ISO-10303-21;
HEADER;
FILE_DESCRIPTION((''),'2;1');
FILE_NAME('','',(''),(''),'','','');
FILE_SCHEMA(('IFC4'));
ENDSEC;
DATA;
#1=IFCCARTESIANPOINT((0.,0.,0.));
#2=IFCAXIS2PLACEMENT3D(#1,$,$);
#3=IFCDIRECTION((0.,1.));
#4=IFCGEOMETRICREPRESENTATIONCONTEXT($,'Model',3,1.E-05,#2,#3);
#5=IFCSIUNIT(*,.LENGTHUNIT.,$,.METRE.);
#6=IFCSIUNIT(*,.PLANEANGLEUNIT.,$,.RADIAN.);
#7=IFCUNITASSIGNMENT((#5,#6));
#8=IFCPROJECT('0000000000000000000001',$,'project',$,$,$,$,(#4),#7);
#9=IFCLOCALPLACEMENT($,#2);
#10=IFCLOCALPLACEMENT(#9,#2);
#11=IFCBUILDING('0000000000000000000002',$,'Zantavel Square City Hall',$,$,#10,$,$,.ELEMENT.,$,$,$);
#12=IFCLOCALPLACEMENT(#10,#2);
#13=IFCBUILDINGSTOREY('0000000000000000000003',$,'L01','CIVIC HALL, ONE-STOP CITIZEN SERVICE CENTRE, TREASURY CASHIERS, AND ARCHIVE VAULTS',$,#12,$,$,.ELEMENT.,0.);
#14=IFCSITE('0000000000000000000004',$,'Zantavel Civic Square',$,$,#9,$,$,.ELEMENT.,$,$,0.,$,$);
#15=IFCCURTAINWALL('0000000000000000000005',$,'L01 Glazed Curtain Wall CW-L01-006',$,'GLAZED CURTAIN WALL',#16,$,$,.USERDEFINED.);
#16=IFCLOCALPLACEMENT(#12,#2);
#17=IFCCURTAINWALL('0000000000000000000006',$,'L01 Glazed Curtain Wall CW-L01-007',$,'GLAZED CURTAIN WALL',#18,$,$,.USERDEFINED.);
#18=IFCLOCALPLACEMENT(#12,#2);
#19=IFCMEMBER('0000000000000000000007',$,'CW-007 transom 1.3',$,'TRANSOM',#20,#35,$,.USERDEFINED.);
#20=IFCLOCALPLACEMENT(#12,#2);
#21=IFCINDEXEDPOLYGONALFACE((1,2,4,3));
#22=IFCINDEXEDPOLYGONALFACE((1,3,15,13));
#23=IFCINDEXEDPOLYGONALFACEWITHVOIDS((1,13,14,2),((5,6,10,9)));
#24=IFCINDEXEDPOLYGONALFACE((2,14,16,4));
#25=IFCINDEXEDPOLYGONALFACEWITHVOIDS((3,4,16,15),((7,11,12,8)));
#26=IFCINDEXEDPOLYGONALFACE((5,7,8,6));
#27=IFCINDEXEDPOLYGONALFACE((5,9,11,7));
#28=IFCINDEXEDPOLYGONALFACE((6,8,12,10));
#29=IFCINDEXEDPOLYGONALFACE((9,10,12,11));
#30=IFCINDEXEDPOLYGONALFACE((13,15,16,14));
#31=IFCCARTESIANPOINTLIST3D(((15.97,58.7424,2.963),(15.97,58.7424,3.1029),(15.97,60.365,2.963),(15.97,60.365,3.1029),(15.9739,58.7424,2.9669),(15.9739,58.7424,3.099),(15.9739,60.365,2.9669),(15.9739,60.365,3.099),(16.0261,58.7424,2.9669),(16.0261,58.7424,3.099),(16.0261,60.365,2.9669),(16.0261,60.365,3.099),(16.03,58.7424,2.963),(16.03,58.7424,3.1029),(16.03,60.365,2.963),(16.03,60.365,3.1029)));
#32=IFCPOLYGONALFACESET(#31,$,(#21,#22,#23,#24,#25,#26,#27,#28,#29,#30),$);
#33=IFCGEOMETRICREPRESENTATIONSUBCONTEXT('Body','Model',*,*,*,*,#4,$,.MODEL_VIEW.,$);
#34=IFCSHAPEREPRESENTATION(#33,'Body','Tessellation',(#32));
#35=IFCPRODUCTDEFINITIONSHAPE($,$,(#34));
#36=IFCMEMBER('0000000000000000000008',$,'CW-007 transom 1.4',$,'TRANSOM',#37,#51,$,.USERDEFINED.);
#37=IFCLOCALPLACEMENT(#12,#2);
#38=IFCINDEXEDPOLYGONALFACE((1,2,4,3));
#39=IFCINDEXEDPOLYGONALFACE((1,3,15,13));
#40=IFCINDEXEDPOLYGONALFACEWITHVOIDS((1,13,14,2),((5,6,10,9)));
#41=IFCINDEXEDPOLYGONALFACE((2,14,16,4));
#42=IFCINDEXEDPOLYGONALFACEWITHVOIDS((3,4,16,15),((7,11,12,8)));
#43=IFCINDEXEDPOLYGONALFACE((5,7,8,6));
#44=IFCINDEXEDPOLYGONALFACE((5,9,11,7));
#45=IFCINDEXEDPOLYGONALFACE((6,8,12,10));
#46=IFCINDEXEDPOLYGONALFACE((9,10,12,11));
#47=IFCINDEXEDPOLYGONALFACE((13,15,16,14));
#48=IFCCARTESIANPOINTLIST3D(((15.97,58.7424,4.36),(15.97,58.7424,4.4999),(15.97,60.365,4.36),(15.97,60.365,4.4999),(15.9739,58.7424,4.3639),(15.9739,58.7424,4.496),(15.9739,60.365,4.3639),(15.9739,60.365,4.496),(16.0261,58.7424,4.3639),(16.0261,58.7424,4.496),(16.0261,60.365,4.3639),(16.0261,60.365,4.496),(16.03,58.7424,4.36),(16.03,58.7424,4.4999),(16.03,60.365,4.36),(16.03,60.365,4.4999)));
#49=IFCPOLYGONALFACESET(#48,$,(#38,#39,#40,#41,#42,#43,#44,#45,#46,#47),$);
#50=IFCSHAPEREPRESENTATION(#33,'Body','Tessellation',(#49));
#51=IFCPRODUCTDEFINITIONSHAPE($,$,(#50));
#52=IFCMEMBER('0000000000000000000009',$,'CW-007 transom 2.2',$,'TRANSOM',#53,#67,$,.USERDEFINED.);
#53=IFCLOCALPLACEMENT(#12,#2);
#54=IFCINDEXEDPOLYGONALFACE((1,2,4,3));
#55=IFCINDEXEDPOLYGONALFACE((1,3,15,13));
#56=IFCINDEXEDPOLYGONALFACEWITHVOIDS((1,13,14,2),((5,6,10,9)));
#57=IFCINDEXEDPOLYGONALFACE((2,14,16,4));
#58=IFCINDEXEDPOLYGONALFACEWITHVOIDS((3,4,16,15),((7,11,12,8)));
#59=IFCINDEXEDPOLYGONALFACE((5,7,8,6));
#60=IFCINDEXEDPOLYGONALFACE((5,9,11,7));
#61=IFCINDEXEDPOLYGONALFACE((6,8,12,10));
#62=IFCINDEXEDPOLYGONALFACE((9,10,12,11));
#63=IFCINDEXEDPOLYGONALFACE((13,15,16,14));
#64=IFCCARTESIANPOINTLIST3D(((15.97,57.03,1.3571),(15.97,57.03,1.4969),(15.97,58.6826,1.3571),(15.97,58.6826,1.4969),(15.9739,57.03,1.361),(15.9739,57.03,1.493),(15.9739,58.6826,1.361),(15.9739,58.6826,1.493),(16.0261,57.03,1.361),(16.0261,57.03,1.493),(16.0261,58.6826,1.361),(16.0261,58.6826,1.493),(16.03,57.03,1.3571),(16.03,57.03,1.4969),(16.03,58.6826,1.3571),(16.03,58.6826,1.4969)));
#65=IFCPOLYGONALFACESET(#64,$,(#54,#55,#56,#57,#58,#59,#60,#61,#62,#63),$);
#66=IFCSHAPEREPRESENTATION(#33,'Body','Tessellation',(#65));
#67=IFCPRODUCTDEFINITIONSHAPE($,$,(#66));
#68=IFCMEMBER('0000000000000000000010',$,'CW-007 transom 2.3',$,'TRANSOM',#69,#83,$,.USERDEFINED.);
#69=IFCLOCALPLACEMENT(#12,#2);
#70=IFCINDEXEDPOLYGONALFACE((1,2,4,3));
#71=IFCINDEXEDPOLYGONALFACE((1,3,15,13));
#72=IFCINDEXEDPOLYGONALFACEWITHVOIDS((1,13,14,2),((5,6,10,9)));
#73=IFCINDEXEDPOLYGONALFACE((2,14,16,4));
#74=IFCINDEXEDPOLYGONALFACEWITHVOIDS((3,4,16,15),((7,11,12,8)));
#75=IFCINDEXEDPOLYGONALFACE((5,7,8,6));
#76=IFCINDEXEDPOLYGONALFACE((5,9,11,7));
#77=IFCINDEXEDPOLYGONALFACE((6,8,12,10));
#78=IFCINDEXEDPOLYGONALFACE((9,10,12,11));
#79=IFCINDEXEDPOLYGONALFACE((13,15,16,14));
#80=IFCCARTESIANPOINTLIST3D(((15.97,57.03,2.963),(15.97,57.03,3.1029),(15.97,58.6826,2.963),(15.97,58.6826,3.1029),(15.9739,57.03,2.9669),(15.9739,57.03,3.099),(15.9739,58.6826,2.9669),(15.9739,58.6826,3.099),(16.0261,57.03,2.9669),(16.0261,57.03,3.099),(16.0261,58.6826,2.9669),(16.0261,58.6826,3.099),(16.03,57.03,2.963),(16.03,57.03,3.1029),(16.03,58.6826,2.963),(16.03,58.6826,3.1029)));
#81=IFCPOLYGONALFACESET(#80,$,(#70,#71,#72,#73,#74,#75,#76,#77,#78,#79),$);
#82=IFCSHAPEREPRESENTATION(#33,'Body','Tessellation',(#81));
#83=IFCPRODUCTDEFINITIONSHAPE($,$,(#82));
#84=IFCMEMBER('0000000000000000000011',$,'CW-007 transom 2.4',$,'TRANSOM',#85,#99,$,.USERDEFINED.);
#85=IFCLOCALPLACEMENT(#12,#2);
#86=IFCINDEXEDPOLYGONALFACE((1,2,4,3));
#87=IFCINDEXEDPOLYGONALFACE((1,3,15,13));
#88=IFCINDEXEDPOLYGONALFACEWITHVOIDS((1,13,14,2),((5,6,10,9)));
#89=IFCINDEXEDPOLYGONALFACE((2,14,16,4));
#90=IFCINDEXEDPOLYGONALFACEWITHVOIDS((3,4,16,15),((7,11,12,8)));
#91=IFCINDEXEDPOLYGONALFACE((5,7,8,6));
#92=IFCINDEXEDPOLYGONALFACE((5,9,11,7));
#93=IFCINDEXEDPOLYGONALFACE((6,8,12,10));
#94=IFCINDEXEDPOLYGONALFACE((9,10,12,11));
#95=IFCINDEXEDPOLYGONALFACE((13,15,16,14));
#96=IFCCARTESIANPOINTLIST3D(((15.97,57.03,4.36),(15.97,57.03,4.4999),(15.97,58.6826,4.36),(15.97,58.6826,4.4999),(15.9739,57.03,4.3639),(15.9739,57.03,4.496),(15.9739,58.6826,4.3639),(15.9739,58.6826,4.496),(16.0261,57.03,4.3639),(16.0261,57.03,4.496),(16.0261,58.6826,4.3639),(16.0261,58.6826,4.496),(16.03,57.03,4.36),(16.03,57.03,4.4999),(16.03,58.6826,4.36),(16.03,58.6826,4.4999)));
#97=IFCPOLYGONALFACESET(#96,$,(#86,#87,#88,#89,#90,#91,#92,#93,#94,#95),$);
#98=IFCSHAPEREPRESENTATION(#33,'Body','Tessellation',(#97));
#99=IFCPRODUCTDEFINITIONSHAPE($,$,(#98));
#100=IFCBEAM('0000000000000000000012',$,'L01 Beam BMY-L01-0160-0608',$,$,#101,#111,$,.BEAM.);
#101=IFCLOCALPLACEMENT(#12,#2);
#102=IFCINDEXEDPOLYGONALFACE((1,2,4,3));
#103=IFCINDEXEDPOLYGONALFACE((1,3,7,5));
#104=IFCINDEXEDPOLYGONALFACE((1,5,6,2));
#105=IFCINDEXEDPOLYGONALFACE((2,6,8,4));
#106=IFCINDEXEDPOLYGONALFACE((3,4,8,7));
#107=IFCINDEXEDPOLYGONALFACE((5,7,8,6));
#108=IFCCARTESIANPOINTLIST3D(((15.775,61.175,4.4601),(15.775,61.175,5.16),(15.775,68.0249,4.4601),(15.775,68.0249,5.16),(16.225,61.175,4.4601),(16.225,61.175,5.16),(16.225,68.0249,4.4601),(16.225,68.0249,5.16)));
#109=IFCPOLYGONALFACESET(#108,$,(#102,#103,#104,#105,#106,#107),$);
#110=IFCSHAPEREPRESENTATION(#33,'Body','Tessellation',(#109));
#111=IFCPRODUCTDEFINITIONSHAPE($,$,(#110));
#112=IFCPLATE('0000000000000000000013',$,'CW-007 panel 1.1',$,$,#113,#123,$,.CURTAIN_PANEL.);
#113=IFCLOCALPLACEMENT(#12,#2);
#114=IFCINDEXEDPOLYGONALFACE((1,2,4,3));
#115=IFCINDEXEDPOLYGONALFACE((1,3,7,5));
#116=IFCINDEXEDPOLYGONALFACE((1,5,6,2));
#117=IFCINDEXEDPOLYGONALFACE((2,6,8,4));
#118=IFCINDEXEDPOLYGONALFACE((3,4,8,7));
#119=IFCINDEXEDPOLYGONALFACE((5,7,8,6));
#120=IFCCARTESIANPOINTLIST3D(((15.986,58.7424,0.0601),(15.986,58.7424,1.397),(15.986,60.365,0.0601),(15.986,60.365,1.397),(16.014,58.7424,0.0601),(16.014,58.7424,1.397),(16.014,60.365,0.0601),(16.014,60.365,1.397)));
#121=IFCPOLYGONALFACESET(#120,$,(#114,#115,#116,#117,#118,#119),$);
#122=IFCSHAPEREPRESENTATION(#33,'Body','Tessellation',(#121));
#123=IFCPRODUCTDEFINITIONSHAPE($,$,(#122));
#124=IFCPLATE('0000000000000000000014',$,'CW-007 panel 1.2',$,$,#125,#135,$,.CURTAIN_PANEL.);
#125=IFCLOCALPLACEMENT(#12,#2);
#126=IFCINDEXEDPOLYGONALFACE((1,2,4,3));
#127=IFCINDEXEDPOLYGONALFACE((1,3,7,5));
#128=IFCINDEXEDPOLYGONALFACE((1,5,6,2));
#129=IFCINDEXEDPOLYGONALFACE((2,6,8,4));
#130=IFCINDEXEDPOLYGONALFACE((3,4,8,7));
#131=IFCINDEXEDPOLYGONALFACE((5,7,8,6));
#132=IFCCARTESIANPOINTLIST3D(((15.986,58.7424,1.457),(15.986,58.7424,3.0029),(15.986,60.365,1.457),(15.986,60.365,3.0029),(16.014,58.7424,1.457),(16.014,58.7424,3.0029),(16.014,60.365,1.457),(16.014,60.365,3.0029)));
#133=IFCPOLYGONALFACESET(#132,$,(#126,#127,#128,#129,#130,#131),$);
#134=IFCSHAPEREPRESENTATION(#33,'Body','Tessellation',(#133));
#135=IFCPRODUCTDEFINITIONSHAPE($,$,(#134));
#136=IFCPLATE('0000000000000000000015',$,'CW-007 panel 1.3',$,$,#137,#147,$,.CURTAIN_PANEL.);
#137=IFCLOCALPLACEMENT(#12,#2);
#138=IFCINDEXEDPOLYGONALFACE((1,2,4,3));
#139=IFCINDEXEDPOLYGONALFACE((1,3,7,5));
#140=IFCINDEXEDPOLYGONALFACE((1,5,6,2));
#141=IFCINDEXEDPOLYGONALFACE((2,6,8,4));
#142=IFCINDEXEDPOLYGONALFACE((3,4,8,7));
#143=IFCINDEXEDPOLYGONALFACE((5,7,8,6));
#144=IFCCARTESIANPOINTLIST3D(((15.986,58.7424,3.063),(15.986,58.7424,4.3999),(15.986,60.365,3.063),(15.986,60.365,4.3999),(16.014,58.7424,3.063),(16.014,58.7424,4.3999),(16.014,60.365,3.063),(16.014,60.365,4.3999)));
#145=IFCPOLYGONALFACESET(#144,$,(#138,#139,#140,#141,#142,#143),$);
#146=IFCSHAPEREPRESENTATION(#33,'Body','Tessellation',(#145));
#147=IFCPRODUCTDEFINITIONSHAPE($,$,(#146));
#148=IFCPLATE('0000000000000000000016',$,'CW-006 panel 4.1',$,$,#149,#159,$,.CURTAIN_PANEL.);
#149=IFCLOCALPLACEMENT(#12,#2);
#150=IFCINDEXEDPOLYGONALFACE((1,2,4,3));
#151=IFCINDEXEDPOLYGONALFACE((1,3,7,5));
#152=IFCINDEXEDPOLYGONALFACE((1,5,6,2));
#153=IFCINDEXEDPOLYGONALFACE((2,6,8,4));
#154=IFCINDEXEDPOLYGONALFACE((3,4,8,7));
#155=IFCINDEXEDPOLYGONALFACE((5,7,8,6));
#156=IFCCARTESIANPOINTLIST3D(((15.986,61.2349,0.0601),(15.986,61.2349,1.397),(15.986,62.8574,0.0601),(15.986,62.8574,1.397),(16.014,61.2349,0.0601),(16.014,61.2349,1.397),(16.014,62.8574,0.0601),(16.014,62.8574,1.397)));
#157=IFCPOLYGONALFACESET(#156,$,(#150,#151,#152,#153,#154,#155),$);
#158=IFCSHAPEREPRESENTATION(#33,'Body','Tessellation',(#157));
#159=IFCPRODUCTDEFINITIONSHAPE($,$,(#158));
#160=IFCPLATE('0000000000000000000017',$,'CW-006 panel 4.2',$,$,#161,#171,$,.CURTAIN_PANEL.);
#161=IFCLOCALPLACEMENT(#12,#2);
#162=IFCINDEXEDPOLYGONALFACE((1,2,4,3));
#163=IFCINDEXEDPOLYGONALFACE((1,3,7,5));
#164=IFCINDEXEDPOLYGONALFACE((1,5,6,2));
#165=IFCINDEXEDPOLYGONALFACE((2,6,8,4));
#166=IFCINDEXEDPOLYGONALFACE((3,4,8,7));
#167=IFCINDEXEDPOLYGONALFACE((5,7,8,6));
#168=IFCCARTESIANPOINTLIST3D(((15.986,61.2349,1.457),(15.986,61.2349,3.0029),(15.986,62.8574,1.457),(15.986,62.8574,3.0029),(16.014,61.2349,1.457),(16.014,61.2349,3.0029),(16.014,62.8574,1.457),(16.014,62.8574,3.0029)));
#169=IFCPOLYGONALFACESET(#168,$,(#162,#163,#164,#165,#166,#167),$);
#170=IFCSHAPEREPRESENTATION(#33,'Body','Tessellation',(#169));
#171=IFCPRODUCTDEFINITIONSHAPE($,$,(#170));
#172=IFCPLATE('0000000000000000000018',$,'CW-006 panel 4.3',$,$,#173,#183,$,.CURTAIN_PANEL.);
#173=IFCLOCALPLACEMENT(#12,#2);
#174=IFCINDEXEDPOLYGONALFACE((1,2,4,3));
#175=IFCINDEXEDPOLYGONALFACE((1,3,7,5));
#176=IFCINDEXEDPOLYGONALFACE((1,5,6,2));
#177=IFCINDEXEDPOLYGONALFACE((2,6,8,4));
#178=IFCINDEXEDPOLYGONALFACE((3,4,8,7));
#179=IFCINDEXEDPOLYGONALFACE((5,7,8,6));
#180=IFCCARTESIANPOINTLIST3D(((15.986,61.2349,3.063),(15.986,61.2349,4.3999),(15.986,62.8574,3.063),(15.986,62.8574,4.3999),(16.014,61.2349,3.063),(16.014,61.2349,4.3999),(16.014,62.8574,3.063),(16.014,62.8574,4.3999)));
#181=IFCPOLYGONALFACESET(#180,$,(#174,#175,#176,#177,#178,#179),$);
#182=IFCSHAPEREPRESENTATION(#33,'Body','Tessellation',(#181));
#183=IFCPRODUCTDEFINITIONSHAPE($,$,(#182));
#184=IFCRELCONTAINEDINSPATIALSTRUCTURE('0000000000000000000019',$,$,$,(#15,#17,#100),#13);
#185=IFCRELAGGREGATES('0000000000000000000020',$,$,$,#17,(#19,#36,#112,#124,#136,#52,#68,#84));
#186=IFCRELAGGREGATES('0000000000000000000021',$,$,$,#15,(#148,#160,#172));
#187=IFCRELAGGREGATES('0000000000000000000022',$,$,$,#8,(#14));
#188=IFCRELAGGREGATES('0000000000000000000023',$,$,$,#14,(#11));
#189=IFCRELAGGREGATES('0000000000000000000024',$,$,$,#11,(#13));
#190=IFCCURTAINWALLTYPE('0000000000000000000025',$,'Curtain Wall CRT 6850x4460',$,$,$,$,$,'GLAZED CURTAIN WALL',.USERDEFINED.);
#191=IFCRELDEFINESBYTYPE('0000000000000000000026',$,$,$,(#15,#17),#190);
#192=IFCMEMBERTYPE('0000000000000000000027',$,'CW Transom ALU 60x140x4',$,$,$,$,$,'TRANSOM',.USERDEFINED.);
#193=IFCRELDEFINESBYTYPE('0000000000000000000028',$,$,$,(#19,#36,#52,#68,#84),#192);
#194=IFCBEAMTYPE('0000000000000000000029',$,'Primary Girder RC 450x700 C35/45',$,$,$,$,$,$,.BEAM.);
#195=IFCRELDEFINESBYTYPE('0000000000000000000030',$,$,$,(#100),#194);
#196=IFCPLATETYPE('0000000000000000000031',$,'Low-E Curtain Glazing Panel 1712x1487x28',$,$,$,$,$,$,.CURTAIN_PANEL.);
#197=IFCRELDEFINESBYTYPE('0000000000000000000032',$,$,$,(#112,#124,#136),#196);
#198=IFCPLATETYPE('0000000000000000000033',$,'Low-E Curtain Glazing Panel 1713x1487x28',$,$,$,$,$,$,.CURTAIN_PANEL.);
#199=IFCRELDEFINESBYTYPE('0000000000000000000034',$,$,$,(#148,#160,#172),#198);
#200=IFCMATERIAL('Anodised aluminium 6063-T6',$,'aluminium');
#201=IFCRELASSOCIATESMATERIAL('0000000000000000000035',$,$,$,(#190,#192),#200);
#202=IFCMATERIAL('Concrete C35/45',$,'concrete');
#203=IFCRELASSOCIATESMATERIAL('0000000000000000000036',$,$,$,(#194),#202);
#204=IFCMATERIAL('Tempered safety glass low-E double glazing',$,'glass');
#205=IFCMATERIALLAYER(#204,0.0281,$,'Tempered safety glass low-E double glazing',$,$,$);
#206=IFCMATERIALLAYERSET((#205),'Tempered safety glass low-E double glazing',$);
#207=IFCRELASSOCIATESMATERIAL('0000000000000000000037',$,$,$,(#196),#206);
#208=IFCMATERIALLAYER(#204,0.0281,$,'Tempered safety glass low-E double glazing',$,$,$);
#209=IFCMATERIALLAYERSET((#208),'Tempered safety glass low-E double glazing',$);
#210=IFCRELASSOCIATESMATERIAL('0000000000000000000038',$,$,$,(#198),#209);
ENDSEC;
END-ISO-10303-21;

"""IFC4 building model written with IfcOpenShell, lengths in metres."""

from ifc_helpers import new_model, si_unit, direction, frame, origin, origin_2d, place, context, subcontext, project, spatial, rectangle, hollow_rectangle, extrude, material, layer, layer_set, material_profile, profile_set, type_object, element, aggregate, save


model = new_model("IFC4")

# Units and contexts
model_context = context("Model", 3, precision=1e-05, world=origin(), true_north=direction((0.0, 1.0)))
body_context = subcontext(model_context, "Body", "Model", "MODEL_VIEW")
ifc_project = project(units=[si_unit("LENGTHUNIT", "METRE"), si_unit("PLANEANGLEUNIT", "RADIAN")], contexts=[model_context])

# Site, building, storey
site_placement = place(None, origin())
site = spatial("IfcSite", under=ifc_project, at=site_placement, Name="Zantavel Civic Square", CompositionType="ELEMENT", RefElevation=0.0)
building_placement = place(site_placement, origin())
building = spatial("IfcBuilding", under=site, at=building_placement, Name="Zantavel Square City Hall", CompositionType="ELEMENT")
storey_placement = place(building_placement, origin())
storey = spatial("IfcBuildingStorey", under=building, at=storey_placement, Name="L01", Description="CIVIC HALL, ONE-STOP CITIZEN SERVICE CENTRE, TREASURY CASHIERS, AND ARCHIVE VAULTS", CompositionType="ELEMENT", Elevation=0.0)

# Curtain wall
ifc_material_1 = material(Name="Anodised aluminium 6063-T6", Category="aluminium")
curtain_wall_type = type_object("IfcCurtainWallType", Name="Curtain Wall CRT 6850x4460", ElementType="GLAZED CURTAIN WALL", PredefinedType="USERDEFINED", material=ifc_material_1)
curtain_wall_1_placement = place(storey_placement, origin())
curtain_wall_1 = element("IfcCurtainWall", 1, at=curtain_wall_1_placement, inside=storey, type_object=curtain_wall_type, Name="L01 Glazed Curtain Wall CW-L01-006", ObjectType="GLAZED CURTAIN WALL", PredefinedType="USERDEFINED")

# Curtain wall
curtain_wall_2_placement = place(storey_placement, origin())
curtain_wall_2 = element("IfcCurtainWall", 2, at=curtain_wall_2_placement, inside=storey, type_object=curtain_wall_type, Name="L01 Glazed Curtain Wall CW-L01-007", ObjectType="GLAZED CURTAIN WALL", PredefinedType="USERDEFINED")

# Members
ifc_material_profile_1 = material_profile(ifc_material_1, hollow_rectangle(XDim=0.0601, YDim=0.1399, WallThickness=0.0039, at=origin_2d()), Name="ALU 60x140x4")
ifc_profile_set_1 = profile_set([ifc_material_profile_1], Name="Anodised aluminium 6063-T6")
member_type_1 = type_object("IfcMemberType", Name="CW Transom ALU 60x140x4", ElementType="TRANSOM", PredefinedType="USERDEFINED", material=ifc_profile_set_1)
member_1_placement = place(storey_placement, frame((16.0, 60.365, 3.033), z_axis=(0.0, -1.0, 0.0), x_axis=(1.0, 0.0, 0.0)))
member_1 = element("IfcMember", 3, at=member_1_placement, type_object=member_type_1, Name="CW-007 transom 1.3", ObjectType="TRANSOM", PredefinedType="USERDEFINED", context=body_context, shape_type="SweptSolid", body=[
    extrude(hollow_rectangle(XDim=0.0601, YDim=0.1399, WallThickness=0.0039, at=origin_2d()), origin(), (0.0, 0.0, 1.0), 1.6226),
])
member_2_placement = place(storey_placement, frame((16.0, 60.365, 4.4299), z_axis=(0.0, -1.0, 0.0), x_axis=(1.0, 0.0, 0.0)))
member_2 = element("IfcMember", 4, at=member_2_placement, type_object=member_type_1, Name="CW-007 transom 1.4", ObjectType="TRANSOM", PredefinedType="USERDEFINED", context=body_context, shape_type="SweptSolid", body=[
    extrude(hollow_rectangle(XDim=0.0601, YDim=0.1399, WallThickness=0.0039, at=origin_2d()), origin(), (0.0, 0.0, 1.0), 1.6226),
])
member_3_placement = place(storey_placement, frame((16.0, 58.6826, 1.427), z_axis=(0.0, -1.0, 0.0), x_axis=(1.0, 0.0, 0.0)))
member_3 = element("IfcMember", 5, at=member_3_placement, type_object=member_type_1, Name="CW-007 transom 2.2", ObjectType="TRANSOM", PredefinedType="USERDEFINED", context=body_context, shape_type="SweptSolid", body=[
    extrude(hollow_rectangle(XDim=0.0601, YDim=0.1399, WallThickness=0.0039, at=origin_2d()), origin(), (0.0, 0.0, 1.0), 1.6526),
])
member_4_placement = place(storey_placement, frame((16.0, 58.6826, 3.033), z_axis=(0.0, -1.0, 0.0), x_axis=(1.0, 0.0, 0.0)))
member_4 = element("IfcMember", 6, at=member_4_placement, type_object=member_type_1, Name="CW-007 transom 2.3", ObjectType="TRANSOM", PredefinedType="USERDEFINED", context=body_context, shape_type="SweptSolid", body=[
    extrude(hollow_rectangle(XDim=0.0601, YDim=0.1399, WallThickness=0.0039, at=origin_2d()), origin(), (0.0, 0.0, 1.0), 1.6526),
])
member_5_placement = place(storey_placement, frame((16.0, 58.6826, 4.4299), z_axis=(0.0, -1.0, 0.0), x_axis=(1.0, 0.0, 0.0)))
member_5 = element("IfcMember", 7, at=member_5_placement, type_object=member_type_1, Name="CW-007 transom 2.4", ObjectType="TRANSOM", PredefinedType="USERDEFINED", context=body_context, shape_type="SweptSolid", body=[
    extrude(hollow_rectangle(XDim=0.0601, YDim=0.1399, WallThickness=0.0039, at=origin_2d()), origin(), (0.0, 0.0, 1.0), 1.6526),
])

# Beam
ifc_material_2 = material(Name="Concrete C35/45", Category="concrete")
ifc_material_profile_2 = material_profile(ifc_material_2, rectangle(XDim=0.45, YDim=0.7, at=origin_2d()), Name="RC 450x700")
ifc_profile_set_2 = profile_set([ifc_material_profile_2], Name="Concrete C35/45")
beam_type = type_object("IfcBeamType", Name="Primary Girder RC 450x700 C35/45", PredefinedType="BEAM", material=ifc_profile_set_2)
beam_placement = place(storey_placement, frame((16.0, 61.175, 4.8101), z_axis=(0.0, 1.0, 0.0), x_axis=(-1.0, 0.0, 0.0)))
element("IfcBeam", 8, at=beam_placement, inside=storey, type_object=beam_type, Name="L01 Beam BMY-L01-0160-0608", PredefinedType="BEAM", context=body_context, shape_type="SweptSolid", body=[
    extrude(rectangle(XDim=0.45, YDim=0.7, at=origin_2d()), origin(), (0.0, 0.0, 1.0), 6.8499),
])

# Plates
ifc_material_3 = material(Name="Tempered safety glass low-E double glazing", Category="glass")
ifc_layer_1 = layer(ifc_material_3, 0.0281, Name="Tempered safety glass low-E double glazing")
ifc_layer_set_1 = layer_set([ifc_layer_1], Name="Tempered safety glass low-E double glazing")
plate_type_1 = type_object("IfcPlateType", Name="Low-E Curtain Glazing Panel 1712x1487x28", PredefinedType="CURTAIN_PANEL", material=ifc_layer_set_1)
plate_1_placement = place(storey_placement, frame((16.0, 59.5537, 0.0601), z_axis=(0.0, 0.0, 1.0), x_axis=(0.0, -1.0, 0.0)))
plate_1 = element("IfcPlate", 9, at=plate_1_placement, type_object=plate_type_1, Name="CW-007 panel 1.1", PredefinedType="CURTAIN_PANEL", context=body_context, shape_type="SweptSolid", body=[
    extrude(rectangle(XDim=1.6226, YDim=0.0281, at=origin_2d()), origin(), (0.0, 0.0, 1.0), 1.3369),
])
plate_2_placement = place(storey_placement, frame((16.0, 59.5537, 1.457), z_axis=(0.0, 0.0, 1.0), x_axis=(0.0, -1.0, 0.0)))
plate_2 = element("IfcPlate", 10, at=plate_2_placement, type_object=plate_type_1, Name="CW-007 panel 1.2", PredefinedType="CURTAIN_PANEL", context=body_context, shape_type="SweptSolid", body=[
    extrude(rectangle(XDim=1.6226, YDim=0.0281, at=origin_2d()), origin(), (0.0, 0.0, 1.0), 1.5459),
])
plate_3_placement = place(storey_placement, frame((16.0, 59.5537, 3.063), z_axis=(0.0, 0.0, 1.0), x_axis=(0.0, -1.0, 0.0)))
plate_3 = element("IfcPlate", 11, at=plate_3_placement, type_object=plate_type_1, Name="CW-007 panel 1.3", PredefinedType="CURTAIN_PANEL", context=body_context, shape_type="SweptSolid", body=[
    extrude(rectangle(XDim=1.6226, YDim=0.0281, at=origin_2d()), origin(), (0.0, 0.0, 1.0), 1.3369),
])
aggregate(curtain_wall_2, [member_1, member_2, plate_1, plate_2, plate_3, member_3, member_4, member_5])
ifc_layer_2 = layer(ifc_material_3, 0.0281, Name="Tempered safety glass low-E double glazing")
ifc_layer_set_2 = layer_set([ifc_layer_2], Name="Tempered safety glass low-E double glazing")
plate_type_2 = type_object("IfcPlateType", Name="Low-E Curtain Glazing Panel 1713x1487x28", PredefinedType="CURTAIN_PANEL", material=ifc_layer_set_2)
plate_4_placement = place(storey_placement, frame((16.0, 62.0461, 0.0601), z_axis=(0.0, 0.0, 1.0), x_axis=(0.0, -1.0, 0.0)))
plate_4 = element("IfcPlate", 12, at=plate_4_placement, type_object=plate_type_2, Name="CW-006 panel 4.1", PredefinedType="CURTAIN_PANEL", context=body_context, shape_type="SweptSolid", body=[
    extrude(rectangle(XDim=1.6226, YDim=0.0281, at=origin_2d()), origin(), (0.0, 0.0, 1.0), 1.3369),
])
plate_5_placement = place(storey_placement, frame((16.0, 62.0461, 1.457), z_axis=(0.0, 0.0, 1.0), x_axis=(0.0, -1.0, 0.0)))
plate_5 = element("IfcPlate", 13, at=plate_5_placement, type_object=plate_type_2, Name="CW-006 panel 4.2", PredefinedType="CURTAIN_PANEL", context=body_context, shape_type="SweptSolid", body=[
    extrude(rectangle(XDim=1.6226, YDim=0.0281, at=origin_2d()), origin(), (0.0, 0.0, 1.0), 1.5459),
])
plate_6_placement = place(storey_placement, frame((16.0, 62.0461, 3.063), z_axis=(0.0, 0.0, 1.0), x_axis=(0.0, -1.0, 0.0)))
plate_6 = element("IfcPlate", 14, at=plate_6_placement, type_object=plate_type_2, Name="CW-006 panel 4.3", PredefinedType="CURTAIN_PANEL", context=body_context, shape_type="SweptSolid", body=[
    extrude(rectangle(XDim=1.6226, YDim=0.0281, at=origin_2d()), origin(), (0.0, 0.0, 1.0), 1.3369),
])
aggregate(curtain_wall_1, [plate_4, plate_5, plate_6])

save(model, "model.ifc")
